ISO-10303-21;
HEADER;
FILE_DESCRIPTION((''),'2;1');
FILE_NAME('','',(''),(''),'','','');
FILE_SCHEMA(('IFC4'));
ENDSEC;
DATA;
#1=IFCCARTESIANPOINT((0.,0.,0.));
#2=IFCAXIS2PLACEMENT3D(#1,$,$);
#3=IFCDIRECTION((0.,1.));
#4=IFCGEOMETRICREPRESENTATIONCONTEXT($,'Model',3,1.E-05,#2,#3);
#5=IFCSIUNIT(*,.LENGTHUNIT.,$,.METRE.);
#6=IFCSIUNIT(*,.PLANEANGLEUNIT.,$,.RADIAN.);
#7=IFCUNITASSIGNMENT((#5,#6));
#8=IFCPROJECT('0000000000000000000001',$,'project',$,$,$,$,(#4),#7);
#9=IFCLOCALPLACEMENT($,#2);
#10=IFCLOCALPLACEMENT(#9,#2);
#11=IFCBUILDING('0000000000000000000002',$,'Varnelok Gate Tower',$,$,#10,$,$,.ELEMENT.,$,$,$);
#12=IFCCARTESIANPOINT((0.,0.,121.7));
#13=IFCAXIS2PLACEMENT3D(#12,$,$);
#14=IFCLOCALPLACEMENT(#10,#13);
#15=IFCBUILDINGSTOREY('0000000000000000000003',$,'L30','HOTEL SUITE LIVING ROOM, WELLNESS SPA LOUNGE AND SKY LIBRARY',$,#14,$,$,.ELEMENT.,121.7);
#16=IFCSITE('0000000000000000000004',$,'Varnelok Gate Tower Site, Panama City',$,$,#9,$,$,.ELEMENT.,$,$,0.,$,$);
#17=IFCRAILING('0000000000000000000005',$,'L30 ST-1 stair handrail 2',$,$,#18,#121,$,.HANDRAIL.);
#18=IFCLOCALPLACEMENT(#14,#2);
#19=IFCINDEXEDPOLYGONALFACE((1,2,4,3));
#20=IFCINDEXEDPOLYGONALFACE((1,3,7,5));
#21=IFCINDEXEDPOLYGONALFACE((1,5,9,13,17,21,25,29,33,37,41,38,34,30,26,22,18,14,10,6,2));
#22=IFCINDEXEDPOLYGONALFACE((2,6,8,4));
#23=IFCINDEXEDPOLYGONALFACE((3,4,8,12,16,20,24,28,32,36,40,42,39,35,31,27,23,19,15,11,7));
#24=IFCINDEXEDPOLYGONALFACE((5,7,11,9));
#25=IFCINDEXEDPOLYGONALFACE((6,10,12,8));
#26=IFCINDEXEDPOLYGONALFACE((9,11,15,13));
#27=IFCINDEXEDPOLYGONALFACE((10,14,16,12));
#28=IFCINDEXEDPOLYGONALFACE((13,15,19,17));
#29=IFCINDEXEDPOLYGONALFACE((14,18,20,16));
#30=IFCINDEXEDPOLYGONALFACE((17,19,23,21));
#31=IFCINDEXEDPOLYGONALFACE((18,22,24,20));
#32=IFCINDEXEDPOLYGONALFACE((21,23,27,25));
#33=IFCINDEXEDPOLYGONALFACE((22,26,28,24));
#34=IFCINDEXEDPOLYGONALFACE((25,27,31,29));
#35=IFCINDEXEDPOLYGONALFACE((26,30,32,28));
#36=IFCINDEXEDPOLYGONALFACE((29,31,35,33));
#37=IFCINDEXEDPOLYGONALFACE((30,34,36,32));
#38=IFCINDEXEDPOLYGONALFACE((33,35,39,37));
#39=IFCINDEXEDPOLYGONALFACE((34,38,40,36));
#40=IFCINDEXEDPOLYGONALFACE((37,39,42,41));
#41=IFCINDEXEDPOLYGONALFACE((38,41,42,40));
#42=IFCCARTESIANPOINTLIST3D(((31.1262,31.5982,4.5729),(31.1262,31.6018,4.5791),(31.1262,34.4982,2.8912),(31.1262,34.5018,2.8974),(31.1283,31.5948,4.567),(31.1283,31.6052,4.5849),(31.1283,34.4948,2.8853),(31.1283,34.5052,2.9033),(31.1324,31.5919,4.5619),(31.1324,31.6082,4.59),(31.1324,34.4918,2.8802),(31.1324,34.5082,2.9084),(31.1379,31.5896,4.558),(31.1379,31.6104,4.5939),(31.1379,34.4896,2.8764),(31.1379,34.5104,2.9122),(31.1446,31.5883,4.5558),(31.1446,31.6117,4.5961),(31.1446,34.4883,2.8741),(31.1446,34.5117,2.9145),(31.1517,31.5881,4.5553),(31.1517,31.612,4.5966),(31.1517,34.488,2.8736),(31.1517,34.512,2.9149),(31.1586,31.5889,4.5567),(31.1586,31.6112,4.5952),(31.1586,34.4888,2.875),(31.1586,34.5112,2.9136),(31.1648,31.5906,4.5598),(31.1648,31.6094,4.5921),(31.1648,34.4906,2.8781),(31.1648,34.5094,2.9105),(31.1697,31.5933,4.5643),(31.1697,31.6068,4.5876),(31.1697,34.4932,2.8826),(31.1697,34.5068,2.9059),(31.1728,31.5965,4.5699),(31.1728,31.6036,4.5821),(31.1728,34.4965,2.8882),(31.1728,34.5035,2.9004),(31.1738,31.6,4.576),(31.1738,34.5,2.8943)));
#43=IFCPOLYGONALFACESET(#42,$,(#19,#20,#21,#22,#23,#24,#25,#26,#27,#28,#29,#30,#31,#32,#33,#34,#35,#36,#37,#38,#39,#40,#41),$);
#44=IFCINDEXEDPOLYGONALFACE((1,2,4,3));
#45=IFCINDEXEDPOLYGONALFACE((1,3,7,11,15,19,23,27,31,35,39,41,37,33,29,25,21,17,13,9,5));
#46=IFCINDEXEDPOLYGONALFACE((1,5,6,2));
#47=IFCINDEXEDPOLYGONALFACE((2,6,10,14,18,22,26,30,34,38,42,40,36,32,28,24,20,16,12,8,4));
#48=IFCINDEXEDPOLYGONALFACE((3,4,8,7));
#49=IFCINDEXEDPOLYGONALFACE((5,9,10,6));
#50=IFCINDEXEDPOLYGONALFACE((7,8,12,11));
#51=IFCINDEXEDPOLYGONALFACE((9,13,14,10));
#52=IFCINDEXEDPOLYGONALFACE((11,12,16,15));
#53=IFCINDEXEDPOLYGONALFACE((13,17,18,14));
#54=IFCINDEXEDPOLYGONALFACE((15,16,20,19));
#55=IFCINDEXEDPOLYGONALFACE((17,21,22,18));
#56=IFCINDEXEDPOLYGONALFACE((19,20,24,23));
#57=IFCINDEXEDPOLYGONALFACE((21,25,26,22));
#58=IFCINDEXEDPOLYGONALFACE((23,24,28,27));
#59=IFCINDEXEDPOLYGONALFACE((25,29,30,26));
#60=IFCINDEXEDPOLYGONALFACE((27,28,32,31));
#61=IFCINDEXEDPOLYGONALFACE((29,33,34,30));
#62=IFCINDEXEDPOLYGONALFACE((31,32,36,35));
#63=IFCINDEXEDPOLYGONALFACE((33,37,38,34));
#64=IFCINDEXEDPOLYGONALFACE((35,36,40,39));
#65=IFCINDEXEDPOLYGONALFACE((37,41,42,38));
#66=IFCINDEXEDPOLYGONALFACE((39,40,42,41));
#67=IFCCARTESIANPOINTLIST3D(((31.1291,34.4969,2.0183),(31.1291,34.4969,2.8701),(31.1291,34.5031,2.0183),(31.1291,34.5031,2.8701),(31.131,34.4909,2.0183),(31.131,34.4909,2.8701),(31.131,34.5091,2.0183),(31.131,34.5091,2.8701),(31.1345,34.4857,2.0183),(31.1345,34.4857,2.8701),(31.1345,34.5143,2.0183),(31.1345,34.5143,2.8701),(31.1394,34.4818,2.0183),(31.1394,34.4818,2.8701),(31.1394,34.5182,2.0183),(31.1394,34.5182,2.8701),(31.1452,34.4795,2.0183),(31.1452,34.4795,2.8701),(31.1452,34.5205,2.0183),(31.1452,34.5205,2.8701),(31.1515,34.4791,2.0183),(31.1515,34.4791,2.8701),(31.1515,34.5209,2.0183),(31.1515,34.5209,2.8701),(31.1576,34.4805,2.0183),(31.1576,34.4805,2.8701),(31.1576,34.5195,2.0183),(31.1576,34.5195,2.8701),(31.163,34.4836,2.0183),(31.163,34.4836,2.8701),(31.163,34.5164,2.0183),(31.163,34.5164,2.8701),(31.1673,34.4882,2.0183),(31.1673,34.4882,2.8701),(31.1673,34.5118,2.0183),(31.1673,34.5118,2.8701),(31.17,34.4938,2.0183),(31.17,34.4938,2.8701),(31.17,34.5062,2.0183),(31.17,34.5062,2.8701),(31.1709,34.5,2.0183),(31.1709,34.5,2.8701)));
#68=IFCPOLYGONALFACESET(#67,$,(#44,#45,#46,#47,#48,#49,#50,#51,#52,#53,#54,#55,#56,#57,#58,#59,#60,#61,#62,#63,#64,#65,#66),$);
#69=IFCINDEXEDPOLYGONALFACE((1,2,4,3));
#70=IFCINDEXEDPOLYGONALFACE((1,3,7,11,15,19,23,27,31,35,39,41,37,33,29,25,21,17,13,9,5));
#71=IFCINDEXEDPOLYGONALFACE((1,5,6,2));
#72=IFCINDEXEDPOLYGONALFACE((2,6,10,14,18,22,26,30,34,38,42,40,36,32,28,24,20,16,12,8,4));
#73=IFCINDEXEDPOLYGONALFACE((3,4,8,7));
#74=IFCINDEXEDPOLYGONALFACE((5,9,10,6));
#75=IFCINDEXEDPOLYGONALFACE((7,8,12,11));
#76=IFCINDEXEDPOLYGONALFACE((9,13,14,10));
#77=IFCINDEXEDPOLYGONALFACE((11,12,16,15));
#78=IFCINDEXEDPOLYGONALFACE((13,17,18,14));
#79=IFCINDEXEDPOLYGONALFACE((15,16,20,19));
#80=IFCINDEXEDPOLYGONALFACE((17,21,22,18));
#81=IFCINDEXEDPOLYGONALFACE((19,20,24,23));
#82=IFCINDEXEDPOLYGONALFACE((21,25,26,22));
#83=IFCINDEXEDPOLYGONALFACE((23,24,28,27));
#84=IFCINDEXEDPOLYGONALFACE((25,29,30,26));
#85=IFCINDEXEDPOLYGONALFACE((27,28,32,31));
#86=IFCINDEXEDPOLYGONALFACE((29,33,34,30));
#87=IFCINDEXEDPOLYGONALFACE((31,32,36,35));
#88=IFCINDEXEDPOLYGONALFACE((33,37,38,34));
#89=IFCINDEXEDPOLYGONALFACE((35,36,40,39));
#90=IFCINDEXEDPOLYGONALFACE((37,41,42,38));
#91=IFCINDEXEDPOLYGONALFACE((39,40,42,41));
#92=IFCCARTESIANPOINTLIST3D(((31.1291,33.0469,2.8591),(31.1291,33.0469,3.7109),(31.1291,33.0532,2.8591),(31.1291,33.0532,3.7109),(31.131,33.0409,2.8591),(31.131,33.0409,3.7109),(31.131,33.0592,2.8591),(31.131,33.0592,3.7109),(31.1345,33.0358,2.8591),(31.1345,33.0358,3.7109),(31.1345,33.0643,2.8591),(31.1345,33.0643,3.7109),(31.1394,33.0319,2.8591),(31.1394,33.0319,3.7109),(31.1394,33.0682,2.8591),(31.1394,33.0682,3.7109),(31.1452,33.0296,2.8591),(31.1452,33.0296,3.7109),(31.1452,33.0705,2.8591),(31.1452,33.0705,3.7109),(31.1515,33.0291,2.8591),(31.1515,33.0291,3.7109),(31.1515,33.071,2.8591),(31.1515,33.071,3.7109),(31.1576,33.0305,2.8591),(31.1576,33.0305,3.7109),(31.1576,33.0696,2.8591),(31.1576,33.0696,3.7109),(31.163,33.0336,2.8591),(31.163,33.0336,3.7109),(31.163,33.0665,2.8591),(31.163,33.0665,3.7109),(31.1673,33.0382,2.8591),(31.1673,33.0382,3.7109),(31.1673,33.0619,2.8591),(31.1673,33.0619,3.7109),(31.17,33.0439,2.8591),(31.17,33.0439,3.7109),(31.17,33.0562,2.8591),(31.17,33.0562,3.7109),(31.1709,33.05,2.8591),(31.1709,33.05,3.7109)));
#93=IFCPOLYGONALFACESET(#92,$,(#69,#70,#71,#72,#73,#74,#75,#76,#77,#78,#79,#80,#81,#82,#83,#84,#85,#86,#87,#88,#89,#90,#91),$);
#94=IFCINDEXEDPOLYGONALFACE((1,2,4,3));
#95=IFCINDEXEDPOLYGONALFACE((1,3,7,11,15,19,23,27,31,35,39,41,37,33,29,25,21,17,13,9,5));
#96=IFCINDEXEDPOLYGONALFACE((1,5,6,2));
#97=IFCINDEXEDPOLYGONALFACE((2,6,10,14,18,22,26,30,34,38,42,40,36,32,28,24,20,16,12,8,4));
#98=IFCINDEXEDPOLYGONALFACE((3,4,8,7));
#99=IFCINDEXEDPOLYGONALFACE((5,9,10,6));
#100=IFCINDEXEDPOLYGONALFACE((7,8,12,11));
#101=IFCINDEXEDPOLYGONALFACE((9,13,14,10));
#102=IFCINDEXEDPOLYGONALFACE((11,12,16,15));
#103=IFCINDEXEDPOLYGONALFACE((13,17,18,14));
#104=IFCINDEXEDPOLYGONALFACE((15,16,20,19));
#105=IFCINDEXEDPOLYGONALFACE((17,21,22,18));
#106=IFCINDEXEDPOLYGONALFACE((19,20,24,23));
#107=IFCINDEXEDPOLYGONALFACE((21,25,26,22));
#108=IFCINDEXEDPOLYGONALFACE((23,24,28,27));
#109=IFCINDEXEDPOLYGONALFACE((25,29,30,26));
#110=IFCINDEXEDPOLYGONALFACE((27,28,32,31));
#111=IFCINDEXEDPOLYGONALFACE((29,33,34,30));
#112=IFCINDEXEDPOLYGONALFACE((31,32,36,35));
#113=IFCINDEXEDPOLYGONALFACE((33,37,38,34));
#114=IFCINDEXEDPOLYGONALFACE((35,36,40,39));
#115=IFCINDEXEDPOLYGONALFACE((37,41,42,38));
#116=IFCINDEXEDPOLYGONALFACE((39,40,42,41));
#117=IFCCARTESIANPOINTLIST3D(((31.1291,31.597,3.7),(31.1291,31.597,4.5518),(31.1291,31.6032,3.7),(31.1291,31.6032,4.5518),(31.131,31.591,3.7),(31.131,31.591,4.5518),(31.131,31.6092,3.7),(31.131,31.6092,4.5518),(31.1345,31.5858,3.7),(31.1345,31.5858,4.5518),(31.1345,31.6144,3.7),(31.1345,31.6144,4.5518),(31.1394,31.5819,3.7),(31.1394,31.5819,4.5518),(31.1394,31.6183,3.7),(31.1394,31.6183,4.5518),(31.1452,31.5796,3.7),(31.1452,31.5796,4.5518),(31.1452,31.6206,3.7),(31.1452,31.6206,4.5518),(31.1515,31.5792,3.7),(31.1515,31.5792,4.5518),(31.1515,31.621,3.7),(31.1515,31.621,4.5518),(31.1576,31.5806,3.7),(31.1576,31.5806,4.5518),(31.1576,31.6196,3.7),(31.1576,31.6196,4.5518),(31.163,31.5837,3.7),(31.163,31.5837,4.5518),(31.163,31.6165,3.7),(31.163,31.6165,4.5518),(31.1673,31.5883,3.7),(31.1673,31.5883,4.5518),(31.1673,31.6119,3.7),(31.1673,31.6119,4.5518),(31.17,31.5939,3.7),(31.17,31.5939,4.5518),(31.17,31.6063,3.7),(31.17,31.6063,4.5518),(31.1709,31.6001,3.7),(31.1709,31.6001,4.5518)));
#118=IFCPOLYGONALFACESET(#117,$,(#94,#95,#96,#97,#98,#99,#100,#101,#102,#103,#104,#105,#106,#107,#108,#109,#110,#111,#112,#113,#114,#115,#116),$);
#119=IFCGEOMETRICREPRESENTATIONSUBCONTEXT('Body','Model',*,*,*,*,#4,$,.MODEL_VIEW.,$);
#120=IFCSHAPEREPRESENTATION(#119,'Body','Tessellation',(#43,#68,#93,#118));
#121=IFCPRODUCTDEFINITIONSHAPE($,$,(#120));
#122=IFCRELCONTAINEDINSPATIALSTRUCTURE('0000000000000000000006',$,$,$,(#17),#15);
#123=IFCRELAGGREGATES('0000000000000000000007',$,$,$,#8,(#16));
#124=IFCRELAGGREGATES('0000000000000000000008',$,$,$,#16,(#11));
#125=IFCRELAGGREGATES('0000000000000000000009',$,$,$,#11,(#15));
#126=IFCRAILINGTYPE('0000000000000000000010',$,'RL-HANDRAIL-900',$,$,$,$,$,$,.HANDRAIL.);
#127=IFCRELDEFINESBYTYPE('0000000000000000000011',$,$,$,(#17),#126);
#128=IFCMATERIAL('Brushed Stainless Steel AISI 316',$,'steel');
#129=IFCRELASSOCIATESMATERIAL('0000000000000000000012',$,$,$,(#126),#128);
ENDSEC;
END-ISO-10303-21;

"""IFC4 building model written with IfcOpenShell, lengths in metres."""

from ifc_helpers import new_model, si_unit, direction, frame, origin, origin_2d, place, context, subcontext, project, spatial, circle, extrude, material, type_object, element, save


model = new_model("IFC4")

# Units and contexts
model_context = context("Model", 3, precision=1e-05, world=origin(), true_north=direction((0.0, 1.0)))
body_context = subcontext(model_context, "Body", "Model", "MODEL_VIEW")
ifc_project = project(units=[si_unit("LENGTHUNIT", "METRE"), si_unit("PLANEANGLEUNIT", "RADIAN")], contexts=[model_context])

# Site, building, storey
site_placement = place(None, origin())
site = spatial("IfcSite", under=ifc_project, at=site_placement, Name="Varnelok Gate Tower Site, Panama City", CompositionType="ELEMENT", RefElevation=0.0)
building_placement = place(site_placement, origin())
building = spatial("IfcBuilding", under=site, at=building_placement, Name="Varnelok Gate Tower", CompositionType="ELEMENT")
storey_placement = place(building_placement, frame((0.0, 0.0, 121.7)))
storey = spatial("IfcBuildingStorey", under=building, at=storey_placement, Name="L30", Description="HOTEL SUITE LIVING ROOM, WELLNESS SPA LOUNGE AND SKY LIBRARY", CompositionType="ELEMENT", Elevation=121.7)

# Railing
ifc_material_1 = material(Name="Brushed Stainless Steel AISI 316", Category="steel")
railing_type_1 = type_object("IfcRailingType", Name="RL-HANDRAIL-900", PredefinedType="HANDRAIL", material=ifc_material_1)
railing_1_placement = place(storey_placement, frame((31.1499, 34.5, 2.0183)))
element("IfcRailing", 1, at=railing_1_placement, inside=storey, type_object=railing_type_1, Name="L30 ST-1 stair handrail 2", PredefinedType="HANDRAIL", context=body_context, shape_type="SweptSolid", body=[
    extrude(circle(Radius=0.0239, at=origin_2d()), frame((0.0, 0.0, 0.876), z_axis=(0.0, -0.86507, 0.501651), x_axis=(1.0, 0.0, 0.0)), (0.0, 0.0, 1.0), 3.3523),
    extrude(circle(Radius=0.021, at=origin_2d()), origin(), (0.0, 0.0, 1.0), 0.8518),
    extrude(circle(Radius=0.021, at=origin_2d()), frame((0.0, -1.45, 0.8408)), (0.0, 0.0, 1.0), 0.8518),
    extrude(circle(Radius=0.021, at=origin_2d()), frame((0.0, -2.8999, 1.6816)), (0.0, 0.0, 1.0), 0.8518),
])

save(model, "model.ifc")
